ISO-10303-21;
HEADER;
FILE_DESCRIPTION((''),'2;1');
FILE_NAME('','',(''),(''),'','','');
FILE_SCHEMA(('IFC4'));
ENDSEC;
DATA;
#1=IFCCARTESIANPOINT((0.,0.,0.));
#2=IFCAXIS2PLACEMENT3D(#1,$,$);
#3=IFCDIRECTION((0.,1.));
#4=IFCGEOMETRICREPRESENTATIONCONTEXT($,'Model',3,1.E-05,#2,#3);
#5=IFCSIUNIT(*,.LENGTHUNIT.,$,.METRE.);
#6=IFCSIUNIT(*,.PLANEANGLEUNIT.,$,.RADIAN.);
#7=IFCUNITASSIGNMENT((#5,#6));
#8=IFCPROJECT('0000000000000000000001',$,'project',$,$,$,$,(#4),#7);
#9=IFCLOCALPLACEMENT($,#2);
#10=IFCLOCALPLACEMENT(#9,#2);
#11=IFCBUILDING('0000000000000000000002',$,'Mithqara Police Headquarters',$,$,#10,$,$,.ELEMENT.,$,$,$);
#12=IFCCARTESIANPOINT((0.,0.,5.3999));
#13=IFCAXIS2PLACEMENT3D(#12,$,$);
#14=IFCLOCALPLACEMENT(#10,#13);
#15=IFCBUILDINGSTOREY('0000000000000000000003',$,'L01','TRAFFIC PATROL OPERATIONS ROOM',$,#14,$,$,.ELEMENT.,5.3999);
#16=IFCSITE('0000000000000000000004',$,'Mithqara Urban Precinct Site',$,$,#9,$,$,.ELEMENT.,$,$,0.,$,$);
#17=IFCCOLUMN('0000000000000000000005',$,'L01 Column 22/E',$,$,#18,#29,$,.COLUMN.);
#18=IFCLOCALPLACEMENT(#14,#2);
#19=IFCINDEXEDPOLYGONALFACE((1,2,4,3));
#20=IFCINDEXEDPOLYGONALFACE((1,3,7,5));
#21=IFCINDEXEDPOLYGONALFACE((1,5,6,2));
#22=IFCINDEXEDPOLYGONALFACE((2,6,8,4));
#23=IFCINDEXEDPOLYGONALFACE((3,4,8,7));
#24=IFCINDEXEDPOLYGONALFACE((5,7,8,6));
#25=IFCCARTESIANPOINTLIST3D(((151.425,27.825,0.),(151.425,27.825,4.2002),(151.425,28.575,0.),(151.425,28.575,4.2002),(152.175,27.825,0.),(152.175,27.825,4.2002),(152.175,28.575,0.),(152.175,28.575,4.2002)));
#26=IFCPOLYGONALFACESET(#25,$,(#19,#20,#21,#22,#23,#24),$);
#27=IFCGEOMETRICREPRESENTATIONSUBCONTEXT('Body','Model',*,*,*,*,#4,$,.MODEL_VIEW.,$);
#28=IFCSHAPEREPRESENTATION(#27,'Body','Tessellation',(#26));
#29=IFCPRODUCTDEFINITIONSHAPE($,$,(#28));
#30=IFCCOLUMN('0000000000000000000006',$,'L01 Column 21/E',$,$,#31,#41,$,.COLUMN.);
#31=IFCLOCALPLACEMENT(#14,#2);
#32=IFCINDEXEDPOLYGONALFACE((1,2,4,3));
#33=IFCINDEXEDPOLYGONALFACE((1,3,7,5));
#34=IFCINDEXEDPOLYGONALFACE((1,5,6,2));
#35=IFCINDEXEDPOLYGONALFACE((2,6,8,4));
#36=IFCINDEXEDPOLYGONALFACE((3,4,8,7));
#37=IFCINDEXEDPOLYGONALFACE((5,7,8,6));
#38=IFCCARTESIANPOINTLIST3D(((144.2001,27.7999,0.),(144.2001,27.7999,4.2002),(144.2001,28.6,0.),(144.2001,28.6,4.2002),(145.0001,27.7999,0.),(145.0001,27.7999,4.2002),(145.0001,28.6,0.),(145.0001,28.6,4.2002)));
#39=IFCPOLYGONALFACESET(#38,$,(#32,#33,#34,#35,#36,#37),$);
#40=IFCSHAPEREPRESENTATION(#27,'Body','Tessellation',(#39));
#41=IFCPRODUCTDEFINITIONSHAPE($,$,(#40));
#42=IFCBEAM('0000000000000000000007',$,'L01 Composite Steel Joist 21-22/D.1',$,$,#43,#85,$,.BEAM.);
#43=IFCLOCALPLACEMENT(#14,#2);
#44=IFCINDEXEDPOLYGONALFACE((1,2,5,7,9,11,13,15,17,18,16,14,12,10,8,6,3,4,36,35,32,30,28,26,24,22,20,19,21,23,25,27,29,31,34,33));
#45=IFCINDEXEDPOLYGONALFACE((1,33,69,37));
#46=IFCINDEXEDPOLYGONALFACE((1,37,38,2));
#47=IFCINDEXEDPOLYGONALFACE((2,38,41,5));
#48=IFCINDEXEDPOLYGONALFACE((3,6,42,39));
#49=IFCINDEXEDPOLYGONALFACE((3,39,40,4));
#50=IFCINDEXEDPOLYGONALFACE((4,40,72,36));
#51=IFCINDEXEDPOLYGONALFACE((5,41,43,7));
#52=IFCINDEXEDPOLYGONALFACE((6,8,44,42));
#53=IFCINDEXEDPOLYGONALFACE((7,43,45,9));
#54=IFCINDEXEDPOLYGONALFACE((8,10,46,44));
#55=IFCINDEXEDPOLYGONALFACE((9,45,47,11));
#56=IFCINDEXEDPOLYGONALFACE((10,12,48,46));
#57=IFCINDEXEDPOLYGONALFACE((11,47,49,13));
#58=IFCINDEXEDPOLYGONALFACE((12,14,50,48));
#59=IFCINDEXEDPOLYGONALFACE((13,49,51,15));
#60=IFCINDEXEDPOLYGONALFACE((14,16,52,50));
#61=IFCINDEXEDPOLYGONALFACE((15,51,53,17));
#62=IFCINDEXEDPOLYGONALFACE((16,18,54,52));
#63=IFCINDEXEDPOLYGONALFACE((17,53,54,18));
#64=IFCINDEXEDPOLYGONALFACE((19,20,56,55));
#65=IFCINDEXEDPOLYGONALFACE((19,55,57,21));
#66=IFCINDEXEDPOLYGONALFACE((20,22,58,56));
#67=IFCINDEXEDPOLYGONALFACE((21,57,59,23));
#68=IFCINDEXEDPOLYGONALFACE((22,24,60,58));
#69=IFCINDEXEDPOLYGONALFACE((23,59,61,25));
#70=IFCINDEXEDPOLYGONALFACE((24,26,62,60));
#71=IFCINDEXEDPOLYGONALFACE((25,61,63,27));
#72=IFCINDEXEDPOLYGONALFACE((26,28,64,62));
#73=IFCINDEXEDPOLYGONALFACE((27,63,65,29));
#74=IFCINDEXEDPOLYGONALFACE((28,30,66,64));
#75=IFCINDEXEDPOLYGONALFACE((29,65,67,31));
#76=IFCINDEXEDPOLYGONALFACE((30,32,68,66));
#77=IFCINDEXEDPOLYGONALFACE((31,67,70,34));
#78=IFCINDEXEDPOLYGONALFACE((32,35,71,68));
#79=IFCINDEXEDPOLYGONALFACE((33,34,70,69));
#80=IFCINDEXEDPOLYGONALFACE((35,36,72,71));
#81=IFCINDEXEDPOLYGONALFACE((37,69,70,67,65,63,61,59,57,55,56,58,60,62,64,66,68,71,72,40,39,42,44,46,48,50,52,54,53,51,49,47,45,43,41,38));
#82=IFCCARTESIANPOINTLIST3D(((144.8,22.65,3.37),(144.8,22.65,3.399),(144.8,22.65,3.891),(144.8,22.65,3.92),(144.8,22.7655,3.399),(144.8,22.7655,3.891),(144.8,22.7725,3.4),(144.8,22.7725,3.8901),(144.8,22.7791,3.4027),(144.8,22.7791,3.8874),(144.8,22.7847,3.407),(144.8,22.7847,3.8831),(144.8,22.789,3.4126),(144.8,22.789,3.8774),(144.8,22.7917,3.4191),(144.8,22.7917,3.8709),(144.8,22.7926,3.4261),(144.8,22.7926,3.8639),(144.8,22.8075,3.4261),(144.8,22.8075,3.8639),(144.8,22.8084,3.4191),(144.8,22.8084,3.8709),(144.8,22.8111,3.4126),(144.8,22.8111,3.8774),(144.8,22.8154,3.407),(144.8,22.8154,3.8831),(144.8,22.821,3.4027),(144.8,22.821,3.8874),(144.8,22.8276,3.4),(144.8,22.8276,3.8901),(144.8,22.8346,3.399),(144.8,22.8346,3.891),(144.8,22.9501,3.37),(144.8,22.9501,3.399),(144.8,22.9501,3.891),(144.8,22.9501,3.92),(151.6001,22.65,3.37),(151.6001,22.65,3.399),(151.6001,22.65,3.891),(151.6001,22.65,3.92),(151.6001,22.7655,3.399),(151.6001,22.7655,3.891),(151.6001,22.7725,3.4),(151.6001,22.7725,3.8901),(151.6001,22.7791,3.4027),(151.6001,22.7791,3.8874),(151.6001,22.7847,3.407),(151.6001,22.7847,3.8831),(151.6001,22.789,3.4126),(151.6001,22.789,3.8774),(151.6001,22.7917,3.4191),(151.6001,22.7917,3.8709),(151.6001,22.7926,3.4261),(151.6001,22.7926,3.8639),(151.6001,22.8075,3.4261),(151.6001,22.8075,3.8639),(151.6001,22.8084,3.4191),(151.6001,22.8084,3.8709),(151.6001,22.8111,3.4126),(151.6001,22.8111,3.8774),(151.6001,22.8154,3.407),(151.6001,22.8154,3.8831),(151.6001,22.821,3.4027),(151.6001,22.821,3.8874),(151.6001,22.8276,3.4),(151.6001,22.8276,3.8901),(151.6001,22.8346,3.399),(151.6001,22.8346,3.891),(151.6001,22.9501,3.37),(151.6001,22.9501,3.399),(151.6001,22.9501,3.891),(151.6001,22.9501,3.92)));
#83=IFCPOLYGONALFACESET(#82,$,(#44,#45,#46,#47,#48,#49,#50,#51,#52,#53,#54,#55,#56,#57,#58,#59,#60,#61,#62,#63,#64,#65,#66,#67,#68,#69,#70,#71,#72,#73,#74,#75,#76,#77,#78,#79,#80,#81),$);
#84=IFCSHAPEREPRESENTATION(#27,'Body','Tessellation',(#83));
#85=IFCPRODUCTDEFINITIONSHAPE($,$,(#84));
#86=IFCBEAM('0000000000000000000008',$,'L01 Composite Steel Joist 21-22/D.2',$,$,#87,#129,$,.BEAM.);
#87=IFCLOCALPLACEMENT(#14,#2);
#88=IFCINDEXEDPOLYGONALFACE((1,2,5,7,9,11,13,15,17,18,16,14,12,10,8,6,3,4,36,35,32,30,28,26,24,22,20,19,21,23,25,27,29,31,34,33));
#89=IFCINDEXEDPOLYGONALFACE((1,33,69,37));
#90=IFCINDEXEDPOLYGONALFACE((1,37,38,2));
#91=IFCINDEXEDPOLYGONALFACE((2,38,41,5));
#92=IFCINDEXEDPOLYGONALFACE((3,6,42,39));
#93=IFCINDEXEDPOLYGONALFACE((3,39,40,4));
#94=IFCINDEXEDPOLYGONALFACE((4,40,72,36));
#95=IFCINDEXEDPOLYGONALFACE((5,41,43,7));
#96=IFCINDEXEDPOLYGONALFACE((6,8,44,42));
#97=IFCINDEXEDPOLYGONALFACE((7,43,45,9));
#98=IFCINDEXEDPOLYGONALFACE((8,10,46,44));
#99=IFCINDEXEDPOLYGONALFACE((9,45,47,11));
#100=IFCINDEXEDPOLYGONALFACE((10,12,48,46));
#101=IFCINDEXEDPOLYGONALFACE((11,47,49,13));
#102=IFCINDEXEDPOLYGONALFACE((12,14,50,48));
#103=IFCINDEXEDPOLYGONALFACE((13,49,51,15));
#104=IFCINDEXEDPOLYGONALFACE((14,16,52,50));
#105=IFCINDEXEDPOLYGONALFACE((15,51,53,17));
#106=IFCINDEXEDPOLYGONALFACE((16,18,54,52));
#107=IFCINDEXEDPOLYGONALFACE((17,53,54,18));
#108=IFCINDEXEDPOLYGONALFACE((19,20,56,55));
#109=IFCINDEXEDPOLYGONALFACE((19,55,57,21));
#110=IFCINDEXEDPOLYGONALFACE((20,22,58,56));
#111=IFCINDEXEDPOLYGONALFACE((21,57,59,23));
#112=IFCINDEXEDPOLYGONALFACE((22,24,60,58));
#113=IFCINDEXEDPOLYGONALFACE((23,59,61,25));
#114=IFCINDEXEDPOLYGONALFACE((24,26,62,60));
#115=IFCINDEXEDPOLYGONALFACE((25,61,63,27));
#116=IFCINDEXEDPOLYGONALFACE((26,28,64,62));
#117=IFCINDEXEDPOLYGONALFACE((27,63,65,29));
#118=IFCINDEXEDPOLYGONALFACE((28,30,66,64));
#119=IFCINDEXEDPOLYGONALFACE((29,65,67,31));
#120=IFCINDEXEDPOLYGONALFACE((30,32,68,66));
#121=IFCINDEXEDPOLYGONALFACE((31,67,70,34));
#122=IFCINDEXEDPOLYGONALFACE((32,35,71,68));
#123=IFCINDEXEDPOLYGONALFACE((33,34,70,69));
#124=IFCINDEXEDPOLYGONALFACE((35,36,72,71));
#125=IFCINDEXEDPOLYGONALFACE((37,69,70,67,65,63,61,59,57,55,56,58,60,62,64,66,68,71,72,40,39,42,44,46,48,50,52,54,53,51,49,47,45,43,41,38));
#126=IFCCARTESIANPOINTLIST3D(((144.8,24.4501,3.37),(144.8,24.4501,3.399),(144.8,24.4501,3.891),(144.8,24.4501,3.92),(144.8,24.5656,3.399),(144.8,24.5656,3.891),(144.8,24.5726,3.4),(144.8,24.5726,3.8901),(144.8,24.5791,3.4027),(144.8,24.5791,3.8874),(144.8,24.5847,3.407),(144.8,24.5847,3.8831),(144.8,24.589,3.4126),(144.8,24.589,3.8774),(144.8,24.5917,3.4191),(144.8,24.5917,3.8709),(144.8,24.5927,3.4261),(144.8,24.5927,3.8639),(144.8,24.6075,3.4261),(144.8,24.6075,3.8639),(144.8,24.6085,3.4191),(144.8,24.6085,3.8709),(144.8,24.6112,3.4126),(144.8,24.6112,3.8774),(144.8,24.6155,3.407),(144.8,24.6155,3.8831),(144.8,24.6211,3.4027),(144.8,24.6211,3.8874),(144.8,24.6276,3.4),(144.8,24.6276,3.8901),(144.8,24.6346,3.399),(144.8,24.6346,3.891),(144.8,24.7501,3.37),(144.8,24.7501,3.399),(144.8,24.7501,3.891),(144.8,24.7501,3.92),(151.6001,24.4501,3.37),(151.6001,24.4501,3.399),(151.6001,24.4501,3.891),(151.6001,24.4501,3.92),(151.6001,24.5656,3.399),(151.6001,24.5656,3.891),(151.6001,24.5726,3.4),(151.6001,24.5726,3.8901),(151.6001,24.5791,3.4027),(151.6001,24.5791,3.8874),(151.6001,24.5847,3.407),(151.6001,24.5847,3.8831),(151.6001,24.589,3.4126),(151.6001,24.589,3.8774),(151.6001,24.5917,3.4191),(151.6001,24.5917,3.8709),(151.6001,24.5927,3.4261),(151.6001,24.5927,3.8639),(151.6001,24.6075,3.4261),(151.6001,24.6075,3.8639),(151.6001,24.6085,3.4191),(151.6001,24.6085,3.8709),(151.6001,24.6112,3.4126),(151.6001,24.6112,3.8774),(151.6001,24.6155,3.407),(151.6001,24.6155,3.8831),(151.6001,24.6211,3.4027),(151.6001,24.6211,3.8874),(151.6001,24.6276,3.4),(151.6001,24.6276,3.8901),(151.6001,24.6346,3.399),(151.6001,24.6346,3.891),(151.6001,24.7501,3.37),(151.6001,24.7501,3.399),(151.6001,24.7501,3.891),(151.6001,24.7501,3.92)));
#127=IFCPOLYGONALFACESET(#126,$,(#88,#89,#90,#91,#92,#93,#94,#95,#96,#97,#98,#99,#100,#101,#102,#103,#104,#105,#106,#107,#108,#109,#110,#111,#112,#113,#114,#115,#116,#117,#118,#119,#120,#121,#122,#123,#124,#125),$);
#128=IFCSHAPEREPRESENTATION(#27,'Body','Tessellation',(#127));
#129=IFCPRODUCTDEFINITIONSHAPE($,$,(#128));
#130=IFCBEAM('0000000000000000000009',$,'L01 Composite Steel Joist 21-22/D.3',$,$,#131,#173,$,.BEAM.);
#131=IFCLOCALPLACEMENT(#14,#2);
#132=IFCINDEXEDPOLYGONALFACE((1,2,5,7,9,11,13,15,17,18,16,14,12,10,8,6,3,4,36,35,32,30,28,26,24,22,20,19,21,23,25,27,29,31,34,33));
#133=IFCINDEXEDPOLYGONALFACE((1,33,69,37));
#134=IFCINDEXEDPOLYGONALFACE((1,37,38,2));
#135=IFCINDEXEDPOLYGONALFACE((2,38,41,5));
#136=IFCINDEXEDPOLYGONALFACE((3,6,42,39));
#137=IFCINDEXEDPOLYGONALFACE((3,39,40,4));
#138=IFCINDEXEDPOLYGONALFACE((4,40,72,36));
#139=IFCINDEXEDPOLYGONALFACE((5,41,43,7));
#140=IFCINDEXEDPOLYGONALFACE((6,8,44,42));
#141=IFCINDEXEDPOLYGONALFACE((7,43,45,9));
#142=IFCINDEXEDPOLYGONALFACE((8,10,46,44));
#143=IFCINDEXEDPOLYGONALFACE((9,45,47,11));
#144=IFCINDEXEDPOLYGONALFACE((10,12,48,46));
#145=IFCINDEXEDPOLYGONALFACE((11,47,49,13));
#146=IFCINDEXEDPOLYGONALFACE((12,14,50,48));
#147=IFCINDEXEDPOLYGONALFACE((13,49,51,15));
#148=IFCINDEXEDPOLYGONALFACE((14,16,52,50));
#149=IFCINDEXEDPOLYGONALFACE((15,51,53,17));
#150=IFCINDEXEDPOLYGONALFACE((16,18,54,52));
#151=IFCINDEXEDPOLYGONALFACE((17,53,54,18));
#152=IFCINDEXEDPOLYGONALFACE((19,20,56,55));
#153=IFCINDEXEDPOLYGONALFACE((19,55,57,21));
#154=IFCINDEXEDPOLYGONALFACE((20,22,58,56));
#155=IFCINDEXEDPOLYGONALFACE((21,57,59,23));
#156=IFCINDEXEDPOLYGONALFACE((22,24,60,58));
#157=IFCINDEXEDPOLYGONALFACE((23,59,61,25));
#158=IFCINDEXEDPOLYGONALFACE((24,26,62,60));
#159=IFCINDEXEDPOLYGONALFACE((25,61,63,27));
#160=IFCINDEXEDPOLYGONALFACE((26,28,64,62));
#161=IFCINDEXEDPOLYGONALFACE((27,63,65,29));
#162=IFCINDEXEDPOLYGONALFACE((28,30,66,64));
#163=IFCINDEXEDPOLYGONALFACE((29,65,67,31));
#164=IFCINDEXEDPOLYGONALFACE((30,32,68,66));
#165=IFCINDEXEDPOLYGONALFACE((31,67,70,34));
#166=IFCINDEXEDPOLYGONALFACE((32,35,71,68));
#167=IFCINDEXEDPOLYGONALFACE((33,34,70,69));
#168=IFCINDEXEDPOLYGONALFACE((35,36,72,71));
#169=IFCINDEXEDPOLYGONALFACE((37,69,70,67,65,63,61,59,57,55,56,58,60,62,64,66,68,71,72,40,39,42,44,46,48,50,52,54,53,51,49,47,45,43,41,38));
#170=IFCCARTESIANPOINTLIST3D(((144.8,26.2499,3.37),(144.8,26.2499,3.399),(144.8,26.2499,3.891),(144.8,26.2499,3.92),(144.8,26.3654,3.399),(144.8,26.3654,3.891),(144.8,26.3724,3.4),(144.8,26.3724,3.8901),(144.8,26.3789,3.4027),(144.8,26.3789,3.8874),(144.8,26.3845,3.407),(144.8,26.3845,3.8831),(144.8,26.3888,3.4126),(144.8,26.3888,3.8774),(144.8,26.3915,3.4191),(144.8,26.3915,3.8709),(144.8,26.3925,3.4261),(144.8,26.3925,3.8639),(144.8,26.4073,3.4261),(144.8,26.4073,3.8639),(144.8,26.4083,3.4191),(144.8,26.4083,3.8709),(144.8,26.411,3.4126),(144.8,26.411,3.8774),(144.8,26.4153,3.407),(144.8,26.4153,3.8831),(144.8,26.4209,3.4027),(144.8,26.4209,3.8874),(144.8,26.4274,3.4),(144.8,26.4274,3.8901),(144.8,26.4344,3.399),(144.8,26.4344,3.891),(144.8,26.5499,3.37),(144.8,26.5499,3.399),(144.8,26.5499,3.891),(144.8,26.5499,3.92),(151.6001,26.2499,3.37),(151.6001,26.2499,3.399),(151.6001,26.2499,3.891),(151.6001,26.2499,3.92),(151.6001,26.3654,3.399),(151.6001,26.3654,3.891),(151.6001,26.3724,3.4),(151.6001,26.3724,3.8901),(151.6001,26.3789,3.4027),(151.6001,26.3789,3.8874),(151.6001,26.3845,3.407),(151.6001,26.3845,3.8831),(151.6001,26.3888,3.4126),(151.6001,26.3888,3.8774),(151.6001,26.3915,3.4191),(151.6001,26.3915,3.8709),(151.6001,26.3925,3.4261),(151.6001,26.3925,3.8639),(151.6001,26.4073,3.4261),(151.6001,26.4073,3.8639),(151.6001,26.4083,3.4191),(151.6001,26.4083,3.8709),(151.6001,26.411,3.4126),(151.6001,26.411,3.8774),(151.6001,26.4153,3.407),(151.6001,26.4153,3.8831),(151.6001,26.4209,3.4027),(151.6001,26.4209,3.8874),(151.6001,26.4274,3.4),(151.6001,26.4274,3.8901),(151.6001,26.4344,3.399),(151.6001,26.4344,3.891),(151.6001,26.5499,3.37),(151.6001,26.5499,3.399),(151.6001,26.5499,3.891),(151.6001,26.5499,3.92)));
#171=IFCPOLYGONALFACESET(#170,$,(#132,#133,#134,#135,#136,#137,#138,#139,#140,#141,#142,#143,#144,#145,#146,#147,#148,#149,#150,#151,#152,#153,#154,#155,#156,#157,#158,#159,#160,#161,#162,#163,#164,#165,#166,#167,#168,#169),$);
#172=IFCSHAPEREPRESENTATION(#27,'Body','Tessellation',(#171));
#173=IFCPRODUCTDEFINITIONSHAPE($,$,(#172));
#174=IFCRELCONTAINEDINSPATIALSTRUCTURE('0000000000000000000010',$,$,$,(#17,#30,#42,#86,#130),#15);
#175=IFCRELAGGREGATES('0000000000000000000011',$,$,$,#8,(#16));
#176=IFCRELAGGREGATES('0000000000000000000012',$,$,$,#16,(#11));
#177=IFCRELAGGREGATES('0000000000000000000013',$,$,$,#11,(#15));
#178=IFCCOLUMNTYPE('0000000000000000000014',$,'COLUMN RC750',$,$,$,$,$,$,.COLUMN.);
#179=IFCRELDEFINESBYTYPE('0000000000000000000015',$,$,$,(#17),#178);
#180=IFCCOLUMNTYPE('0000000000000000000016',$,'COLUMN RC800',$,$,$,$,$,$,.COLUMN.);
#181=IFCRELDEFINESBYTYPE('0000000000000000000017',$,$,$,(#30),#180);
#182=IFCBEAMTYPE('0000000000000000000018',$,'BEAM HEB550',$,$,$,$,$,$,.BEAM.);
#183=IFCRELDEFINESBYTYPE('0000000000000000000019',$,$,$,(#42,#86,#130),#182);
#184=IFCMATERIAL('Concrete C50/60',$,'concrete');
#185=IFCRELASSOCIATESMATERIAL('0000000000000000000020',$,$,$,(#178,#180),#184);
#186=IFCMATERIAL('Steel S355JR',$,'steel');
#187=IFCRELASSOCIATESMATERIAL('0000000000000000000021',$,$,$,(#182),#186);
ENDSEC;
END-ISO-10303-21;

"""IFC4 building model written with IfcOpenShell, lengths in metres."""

from ifc_helpers import new_model, si_unit, direction, frame, origin, origin_2d, place, context, subcontext, project, spatial, rectangle, i_section, extrude, material, material_profile, profile_set, type_object, element, save


model = new_model("IFC4")

# Units and contexts
model_context = context("Model", 3, precision=1e-05, world=origin(), true_north=direction((0.0, 1.0)))
body_context = subcontext(model_context, "Body", "Model", "MODEL_VIEW")
ifc_project = project(units=[si_unit("LENGTHUNIT", "METRE"), si_unit("PLANEANGLEUNIT", "RADIAN")], contexts=[model_context])

# Site, building, storey
site_placement = place(None, origin())
site = spatial("IfcSite", under=ifc_project, at=site_placement, Name="Mithqara Urban Precinct Site", CompositionType="ELEMENT", RefElevation=0.0)
building_placement = place(site_placement, origin())
building = spatial("IfcBuilding", under=site, at=building_placement, Name="Mithqara Police Headquarters", CompositionType="ELEMENT")
storey_placement = place(building_placement, frame((0.0, 0.0, 5.3999)))
storey = spatial("IfcBuildingStorey", under=building, at=storey_placement, Name="L01", Description="TRAFFIC PATROL OPERATIONS ROOM", CompositionType="ELEMENT", Elevation=5.3999)

# Columns
ifc_material_1 = material(Name="Concrete C50/60", Category="concrete")
ifc_material_profile_1 = material_profile(ifc_material_1, rectangle(XDim=0.75, YDim=0.75, at=origin_2d()), Name="RC 750x750")
ifc_profile_set_1 = profile_set([ifc_material_profile_1], Name="Concrete C50/60")
column_type_1 = type_object("IfcColumnType", Name="COLUMN RC750", PredefinedType="COLUMN", material=ifc_profile_set_1)
column_1_placement = place(storey_placement, frame((151.8, 28.2, 0.0), z_axis=(0.0, 0.0, 1.0), x_axis=(1.0, 0.0, 0.0)))
element("IfcColumn", 1, at=column_1_placement, inside=storey, type_object=column_type_1, Name="L01 Column 22/E", PredefinedType="COLUMN", context=body_context, shape_type="SweptSolid", body=[
    extrude(rectangle(XDim=0.75, YDim=0.75, at=origin_2d()), origin(), (0.0, 0.0, 1.0), 4.2002),
])
ifc_material_profile_2 = material_profile(ifc_material_1, rectangle(XDim=0.8, YDim=0.8, at=origin_2d()), Name="RC 800x800")
ifc_profile_set_2 = profile_set([ifc_material_profile_2], Name="Concrete C50/60")
column_type_2 = type_object("IfcColumnType", Name="COLUMN RC800", PredefinedType="COLUMN", material=ifc_profile_set_2)
column_2_placement = place(storey_placement, frame((144.6001, 28.2, 0.0), z_axis=(0.0, 0.0, 1.0), x_axis=(1.0, 0.0, 0.0)))
element("IfcColumn", 2, at=column_2_placement, inside=storey, type_object=column_type_2, Name="L01 Column 21/E", PredefinedType="COLUMN", context=body_context, shape_type="SweptSolid", body=[
    extrude(rectangle(XDim=0.8, YDim=0.8, at=origin_2d()), origin(), (0.0, 0.0, 1.0), 4.2002),
])

# Beams
ifc_material_2 = material(Name="Steel S355JR", Category="steel")
ifc_material_profile_3 = material_profile(ifc_material_2, i_section(OverallWidth=0.3, OverallDepth=0.55, WebThickness=0.0149, FlangeThickness=0.0291, FilletRadius=0.0271, at=origin_2d()), Name="HEB 550")
ifc_profile_set_3 = profile_set([ifc_material_profile_3], Name="Steel S355JR")
beam_type_1 = type_object("IfcBeamType", Name="BEAM HEB550", PredefinedType="BEAM", material=ifc_profile_set_3)
for number, where, z_axis, x_axis, name in (
    (3, (144.8, 22.8, 3.645), (1.0, 0.0, 0.0), (0.0, 1.0, 0.0), "L01 Composite Steel Joist 21-22/D.1"),
    (4, (144.8, 24.6001, 3.645), (1.0, 0.0, 0.0), (0.0, 1.0, 0.0), "L01 Composite Steel Joist 21-22/D.2"),
    (5, (144.8, 26.3999, 3.645), (1.0, 0.0, 0.0), (0.0, 1.0, 0.0), "L01 Composite Steel Joist 21-22/D.3"),
):
    element("IfcBeam", number, at=place(storey_placement, frame(where, z_axis=z_axis, x_axis=x_axis)), inside=storey, type_object=beam_type_1, Name=name, PredefinedType="BEAM", context=body_context, shape_type="SweptSolid", body=[
        extrude(i_section(OverallWidth=0.3, OverallDepth=0.55, WebThickness=0.0149, FlangeThickness=0.0291, FilletRadius=0.0271, at=origin_2d()), origin(), (0.0, 0.0, 1.0), 6.8),
    ])

save(model, "model.ifc")
